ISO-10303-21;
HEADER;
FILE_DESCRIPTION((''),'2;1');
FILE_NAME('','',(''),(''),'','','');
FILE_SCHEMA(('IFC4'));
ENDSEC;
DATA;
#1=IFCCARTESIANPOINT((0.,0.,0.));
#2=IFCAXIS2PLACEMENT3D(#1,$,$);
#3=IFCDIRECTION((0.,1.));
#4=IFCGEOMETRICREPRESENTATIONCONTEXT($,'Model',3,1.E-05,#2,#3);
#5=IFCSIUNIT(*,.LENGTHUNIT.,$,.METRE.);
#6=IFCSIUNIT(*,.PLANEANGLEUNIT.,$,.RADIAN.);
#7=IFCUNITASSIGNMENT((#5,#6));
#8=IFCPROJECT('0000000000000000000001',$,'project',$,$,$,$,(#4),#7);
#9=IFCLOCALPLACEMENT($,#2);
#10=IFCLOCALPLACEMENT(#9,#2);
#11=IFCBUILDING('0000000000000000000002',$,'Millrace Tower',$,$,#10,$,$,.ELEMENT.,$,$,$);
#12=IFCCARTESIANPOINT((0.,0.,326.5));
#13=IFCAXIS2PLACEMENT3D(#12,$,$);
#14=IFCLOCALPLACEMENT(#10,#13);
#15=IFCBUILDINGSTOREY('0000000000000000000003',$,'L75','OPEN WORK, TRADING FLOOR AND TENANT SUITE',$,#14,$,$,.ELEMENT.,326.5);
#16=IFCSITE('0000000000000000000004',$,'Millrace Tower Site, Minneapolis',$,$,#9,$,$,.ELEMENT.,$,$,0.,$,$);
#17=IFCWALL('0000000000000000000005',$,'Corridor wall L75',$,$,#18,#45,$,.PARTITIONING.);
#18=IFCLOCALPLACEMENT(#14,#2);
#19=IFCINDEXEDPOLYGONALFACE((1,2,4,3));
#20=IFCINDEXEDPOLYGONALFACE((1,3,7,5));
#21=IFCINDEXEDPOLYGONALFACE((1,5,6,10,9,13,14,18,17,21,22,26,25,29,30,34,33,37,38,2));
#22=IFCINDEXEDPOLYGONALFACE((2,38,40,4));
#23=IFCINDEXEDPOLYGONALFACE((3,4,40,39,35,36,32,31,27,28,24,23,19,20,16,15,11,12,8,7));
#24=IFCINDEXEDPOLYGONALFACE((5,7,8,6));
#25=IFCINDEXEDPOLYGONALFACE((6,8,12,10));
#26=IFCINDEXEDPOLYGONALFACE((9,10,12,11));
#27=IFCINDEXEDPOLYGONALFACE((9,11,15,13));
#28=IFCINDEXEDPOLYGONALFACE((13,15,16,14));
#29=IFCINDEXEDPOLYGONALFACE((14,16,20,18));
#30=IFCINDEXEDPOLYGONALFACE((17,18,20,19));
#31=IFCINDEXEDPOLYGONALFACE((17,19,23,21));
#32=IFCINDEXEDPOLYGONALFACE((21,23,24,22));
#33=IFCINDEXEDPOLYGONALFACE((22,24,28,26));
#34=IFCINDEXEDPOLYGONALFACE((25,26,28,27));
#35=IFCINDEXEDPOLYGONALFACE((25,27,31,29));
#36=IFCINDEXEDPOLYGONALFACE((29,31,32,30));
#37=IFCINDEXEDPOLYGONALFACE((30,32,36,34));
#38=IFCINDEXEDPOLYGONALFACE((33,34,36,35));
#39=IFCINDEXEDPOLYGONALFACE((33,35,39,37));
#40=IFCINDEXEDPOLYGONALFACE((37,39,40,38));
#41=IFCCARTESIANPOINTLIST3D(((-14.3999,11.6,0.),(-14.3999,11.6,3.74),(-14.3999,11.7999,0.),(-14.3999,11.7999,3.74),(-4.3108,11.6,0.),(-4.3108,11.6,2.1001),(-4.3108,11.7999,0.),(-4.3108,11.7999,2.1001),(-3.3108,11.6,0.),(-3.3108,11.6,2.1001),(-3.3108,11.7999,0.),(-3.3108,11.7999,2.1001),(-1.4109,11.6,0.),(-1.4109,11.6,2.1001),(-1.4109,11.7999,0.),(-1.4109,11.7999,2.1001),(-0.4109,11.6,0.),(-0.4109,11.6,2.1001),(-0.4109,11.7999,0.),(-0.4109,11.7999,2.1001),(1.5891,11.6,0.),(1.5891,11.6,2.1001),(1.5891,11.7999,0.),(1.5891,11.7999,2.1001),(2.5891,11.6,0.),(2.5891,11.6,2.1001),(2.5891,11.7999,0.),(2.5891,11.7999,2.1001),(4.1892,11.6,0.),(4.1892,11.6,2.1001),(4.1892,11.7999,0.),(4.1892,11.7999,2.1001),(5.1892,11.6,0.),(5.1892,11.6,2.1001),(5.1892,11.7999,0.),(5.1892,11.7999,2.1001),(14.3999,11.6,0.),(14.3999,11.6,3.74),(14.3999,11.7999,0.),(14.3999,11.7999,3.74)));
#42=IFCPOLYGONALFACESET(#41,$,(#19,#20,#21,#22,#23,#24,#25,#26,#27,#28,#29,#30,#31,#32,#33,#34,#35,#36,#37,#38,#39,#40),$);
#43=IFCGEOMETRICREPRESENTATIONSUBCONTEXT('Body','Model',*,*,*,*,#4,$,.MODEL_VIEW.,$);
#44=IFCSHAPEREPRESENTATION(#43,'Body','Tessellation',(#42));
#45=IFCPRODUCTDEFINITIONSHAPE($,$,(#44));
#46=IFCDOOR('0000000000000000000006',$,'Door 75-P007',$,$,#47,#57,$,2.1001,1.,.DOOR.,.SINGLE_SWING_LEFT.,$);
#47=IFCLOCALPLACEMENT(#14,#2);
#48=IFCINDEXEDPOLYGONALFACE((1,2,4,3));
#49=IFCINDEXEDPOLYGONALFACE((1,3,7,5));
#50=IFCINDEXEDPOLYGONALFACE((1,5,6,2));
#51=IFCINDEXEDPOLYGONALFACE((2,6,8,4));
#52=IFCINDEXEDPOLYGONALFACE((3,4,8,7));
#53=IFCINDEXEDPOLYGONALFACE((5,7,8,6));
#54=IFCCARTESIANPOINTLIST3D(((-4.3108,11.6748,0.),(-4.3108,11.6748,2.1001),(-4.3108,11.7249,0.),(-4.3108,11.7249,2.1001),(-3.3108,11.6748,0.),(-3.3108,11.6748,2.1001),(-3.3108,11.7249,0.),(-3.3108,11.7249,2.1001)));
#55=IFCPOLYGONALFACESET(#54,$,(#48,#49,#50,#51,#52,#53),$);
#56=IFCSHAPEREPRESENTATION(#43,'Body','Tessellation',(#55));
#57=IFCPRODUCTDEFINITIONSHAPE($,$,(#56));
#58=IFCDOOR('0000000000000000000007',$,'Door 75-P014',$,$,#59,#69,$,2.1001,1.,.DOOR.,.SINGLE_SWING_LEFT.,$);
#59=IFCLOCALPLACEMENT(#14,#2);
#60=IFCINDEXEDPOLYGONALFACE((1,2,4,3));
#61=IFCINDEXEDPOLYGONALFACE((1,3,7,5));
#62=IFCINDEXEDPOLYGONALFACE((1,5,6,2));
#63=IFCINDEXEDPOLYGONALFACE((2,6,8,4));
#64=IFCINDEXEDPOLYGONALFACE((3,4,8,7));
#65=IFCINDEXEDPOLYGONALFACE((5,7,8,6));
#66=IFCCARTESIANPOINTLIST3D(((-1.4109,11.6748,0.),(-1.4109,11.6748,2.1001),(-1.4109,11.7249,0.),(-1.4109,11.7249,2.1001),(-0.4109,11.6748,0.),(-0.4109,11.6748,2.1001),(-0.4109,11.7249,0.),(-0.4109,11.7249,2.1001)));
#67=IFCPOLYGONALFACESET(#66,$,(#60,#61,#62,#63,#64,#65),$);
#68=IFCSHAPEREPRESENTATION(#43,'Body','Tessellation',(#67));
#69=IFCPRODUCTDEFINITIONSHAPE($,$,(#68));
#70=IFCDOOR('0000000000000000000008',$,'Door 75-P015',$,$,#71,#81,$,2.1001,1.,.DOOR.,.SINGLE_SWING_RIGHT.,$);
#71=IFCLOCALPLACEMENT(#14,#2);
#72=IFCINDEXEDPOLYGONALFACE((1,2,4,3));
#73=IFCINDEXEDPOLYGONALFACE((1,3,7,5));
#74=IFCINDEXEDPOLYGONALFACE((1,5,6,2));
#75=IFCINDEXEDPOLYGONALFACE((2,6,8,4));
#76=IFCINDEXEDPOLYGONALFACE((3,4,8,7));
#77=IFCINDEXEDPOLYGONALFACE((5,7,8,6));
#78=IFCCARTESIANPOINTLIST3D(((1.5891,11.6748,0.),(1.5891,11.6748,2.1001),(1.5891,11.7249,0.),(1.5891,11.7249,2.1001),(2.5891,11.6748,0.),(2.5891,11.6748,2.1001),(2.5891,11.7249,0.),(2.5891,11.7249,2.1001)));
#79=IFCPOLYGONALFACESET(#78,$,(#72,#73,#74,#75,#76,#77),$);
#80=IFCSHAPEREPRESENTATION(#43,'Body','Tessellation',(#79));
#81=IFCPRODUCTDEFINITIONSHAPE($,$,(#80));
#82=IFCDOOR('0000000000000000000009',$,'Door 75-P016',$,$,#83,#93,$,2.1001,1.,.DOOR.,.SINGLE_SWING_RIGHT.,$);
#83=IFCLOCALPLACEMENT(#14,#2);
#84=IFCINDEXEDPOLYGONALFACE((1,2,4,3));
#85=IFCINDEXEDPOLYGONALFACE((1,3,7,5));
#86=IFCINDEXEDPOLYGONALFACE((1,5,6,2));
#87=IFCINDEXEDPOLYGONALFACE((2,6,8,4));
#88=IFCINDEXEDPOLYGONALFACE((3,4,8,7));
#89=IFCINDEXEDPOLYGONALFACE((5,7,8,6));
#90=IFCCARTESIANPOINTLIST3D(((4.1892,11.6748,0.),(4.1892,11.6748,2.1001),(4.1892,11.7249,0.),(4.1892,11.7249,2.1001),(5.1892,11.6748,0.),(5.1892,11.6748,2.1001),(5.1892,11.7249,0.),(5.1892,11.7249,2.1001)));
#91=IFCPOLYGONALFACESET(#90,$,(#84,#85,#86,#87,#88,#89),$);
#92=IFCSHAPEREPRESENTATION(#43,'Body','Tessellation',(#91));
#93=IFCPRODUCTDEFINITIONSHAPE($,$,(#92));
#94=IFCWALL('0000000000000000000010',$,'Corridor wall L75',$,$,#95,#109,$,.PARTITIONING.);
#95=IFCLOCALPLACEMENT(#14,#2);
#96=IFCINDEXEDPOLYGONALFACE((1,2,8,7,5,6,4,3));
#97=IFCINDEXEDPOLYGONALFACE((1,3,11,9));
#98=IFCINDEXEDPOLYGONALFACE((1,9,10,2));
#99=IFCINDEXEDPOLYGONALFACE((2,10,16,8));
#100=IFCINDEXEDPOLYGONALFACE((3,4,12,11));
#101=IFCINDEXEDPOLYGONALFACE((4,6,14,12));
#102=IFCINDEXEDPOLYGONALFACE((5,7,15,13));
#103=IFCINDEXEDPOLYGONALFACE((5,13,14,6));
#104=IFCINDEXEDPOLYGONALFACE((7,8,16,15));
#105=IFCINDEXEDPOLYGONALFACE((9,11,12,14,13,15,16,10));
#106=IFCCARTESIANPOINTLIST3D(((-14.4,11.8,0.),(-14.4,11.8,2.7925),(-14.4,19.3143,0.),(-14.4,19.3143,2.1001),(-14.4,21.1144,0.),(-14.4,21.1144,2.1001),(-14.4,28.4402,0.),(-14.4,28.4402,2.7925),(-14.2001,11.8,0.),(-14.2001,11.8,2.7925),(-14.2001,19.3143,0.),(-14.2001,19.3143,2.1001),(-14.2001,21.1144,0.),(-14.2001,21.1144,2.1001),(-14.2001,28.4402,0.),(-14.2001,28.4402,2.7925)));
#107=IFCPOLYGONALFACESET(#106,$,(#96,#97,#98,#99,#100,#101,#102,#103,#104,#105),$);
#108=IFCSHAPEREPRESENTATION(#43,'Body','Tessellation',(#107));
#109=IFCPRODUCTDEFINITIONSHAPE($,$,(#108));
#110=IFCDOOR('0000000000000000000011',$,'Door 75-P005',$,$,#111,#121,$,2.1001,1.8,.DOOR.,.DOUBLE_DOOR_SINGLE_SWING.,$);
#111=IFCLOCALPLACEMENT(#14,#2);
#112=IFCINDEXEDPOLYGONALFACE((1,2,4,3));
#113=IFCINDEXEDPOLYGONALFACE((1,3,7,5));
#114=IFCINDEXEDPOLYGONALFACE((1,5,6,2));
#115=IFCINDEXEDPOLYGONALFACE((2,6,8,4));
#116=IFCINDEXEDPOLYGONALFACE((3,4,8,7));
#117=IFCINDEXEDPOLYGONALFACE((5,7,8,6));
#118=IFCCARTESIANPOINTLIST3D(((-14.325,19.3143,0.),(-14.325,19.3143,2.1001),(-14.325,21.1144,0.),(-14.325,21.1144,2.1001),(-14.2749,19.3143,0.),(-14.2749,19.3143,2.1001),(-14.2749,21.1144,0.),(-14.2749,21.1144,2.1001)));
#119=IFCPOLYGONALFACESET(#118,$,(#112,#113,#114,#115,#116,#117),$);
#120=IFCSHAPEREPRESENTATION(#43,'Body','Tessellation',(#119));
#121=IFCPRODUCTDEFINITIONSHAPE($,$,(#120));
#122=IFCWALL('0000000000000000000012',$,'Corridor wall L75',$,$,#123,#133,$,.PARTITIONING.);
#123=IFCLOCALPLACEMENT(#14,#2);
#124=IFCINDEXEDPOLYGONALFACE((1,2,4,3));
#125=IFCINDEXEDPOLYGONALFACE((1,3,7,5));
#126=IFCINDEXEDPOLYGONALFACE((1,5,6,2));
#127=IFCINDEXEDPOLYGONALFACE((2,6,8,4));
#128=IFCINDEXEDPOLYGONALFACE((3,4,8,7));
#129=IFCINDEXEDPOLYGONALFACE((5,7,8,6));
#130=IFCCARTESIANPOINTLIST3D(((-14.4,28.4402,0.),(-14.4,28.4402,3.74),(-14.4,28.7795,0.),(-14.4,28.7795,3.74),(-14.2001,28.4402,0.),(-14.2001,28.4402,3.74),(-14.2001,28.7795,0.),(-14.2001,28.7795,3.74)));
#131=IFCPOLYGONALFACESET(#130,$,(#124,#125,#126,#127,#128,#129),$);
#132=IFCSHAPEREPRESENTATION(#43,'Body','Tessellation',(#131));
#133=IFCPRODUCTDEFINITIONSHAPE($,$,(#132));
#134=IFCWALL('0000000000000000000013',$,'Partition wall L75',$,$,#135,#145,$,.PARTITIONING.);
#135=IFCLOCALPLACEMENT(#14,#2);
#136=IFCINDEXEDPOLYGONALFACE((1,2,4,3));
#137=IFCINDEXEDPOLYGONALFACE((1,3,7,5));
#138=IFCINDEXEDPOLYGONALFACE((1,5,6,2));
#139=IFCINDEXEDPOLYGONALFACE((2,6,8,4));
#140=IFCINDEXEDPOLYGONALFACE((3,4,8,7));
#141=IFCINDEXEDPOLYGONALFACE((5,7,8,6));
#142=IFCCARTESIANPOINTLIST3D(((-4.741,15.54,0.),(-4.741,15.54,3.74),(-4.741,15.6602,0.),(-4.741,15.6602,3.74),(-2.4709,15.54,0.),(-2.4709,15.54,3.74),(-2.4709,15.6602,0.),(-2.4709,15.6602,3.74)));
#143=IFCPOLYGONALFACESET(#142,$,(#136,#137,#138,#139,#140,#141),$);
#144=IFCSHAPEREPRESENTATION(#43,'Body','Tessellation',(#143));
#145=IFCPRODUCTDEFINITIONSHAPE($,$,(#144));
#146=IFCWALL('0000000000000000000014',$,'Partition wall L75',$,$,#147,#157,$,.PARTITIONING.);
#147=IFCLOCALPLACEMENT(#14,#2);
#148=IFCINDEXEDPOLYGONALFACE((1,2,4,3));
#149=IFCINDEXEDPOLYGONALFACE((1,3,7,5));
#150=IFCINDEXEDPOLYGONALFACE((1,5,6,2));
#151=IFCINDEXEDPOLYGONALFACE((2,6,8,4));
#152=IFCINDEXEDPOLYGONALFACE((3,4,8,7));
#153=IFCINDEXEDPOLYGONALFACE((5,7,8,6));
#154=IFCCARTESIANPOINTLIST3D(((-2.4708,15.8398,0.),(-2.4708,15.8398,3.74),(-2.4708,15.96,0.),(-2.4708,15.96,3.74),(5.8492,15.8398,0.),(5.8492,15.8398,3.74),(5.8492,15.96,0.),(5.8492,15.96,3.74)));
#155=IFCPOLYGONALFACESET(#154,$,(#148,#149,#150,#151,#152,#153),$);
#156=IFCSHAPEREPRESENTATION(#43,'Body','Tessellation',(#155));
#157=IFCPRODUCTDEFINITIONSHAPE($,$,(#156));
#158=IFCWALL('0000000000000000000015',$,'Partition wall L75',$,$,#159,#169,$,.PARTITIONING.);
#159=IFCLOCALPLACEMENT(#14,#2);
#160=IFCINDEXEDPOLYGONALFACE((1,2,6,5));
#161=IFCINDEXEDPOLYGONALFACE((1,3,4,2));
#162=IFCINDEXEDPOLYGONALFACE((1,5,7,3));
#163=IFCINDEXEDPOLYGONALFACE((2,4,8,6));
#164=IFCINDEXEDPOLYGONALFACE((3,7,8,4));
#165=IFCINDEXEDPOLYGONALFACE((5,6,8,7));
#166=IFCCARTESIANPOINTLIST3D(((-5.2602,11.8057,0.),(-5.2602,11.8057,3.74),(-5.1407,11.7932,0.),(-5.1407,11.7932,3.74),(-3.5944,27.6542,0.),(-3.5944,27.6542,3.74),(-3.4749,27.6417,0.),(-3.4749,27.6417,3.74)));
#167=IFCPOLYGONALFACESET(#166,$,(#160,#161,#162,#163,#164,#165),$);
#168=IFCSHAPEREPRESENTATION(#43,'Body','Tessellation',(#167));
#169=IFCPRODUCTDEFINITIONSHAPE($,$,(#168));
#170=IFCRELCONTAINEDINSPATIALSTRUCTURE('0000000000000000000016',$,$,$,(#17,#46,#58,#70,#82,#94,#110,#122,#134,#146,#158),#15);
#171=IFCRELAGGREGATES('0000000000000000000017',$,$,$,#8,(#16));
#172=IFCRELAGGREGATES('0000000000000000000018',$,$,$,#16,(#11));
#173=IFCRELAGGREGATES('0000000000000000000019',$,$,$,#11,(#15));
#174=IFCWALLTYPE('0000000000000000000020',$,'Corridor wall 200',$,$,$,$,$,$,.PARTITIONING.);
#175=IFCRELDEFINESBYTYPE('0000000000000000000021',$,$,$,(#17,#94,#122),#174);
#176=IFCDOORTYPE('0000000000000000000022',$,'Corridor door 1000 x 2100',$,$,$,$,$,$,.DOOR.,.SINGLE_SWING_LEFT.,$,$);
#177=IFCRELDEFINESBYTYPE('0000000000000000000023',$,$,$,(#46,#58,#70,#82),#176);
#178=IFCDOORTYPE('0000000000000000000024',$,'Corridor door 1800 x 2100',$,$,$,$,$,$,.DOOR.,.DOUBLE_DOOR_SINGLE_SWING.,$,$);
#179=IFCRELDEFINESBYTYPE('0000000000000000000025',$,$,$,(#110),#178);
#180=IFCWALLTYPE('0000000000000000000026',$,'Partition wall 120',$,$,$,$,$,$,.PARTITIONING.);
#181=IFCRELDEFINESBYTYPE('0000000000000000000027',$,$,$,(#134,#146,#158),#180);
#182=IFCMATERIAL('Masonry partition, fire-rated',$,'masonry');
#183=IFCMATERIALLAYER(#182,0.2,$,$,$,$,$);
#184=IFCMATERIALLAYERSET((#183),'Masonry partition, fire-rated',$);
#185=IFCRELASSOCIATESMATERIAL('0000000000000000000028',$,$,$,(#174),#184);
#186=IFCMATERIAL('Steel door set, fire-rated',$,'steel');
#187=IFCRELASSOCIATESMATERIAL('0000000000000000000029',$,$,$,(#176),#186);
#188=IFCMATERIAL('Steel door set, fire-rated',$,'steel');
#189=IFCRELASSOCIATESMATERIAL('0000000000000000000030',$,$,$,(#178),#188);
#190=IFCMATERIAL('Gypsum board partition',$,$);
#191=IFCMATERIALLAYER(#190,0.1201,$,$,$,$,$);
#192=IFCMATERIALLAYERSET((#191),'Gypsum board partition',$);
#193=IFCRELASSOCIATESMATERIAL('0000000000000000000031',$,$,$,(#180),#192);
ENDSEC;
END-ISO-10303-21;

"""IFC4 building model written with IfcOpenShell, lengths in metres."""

from ifc_helpers import new_model, si_unit, direction, frame, frame_2d, origin, place, context, subcontext, project, spatial, rectangle, extrude, material, layer, layer_set, type_object, element, fill, save


model = new_model("IFC4")

# Units and contexts
model_context = context("Model", 3, precision=1e-05, world=origin(), true_north=direction((0.0, 1.0)))
body_context = subcontext(model_context, "Body", "Model", "MODEL_VIEW")
ifc_project = project(units=[si_unit("LENGTHUNIT", "METRE"), si_unit("PLANEANGLEUNIT", "RADIAN")], contexts=[model_context])

# Site, building, storey
site_placement = place(None, origin())
site = spatial("IfcSite", under=ifc_project, at=site_placement, Name="Millrace Tower Site, Minneapolis", CompositionType="ELEMENT", RefElevation=0.0)
building_placement = place(site_placement, origin())
building = spatial("IfcBuilding", under=site, at=building_placement, Name="Millrace Tower", CompositionType="ELEMENT")
storey_placement = place(building_placement, frame((0.0, 0.0, 326.5)))
storey = spatial("IfcBuildingStorey", under=building, at=storey_placement, Name="L75", Description="OPEN WORK, TRADING FLOOR AND TENANT SUITE", CompositionType="ELEMENT", Elevation=326.5)

# Wall, openings, doors
ifc_material_1 = material(Name="Masonry partition, fire-rated", Category="masonry")
ifc_layer_1 = layer(ifc_material_1, 0.2)
ifc_layer_set_1 = layer_set([ifc_layer_1], Name="Masonry partition, fire-rated")
wall_type_1 = type_object("IfcWallType", Name="Corridor wall 200", PredefinedType="PARTITIONING", material=ifc_layer_set_1)
wall_1_placement = place(storey_placement, frame((-14.3999, 11.7, 0.0), z_axis=(0.0, 0.0, 1.0), x_axis=(1.0, 0.0, 0.0)))
wall_1 = element("IfcWall", 1, at=wall_1_placement, inside=storey, type_object=wall_type_1, Name="Corridor wall L75", PredefinedType="PARTITIONING", context=body_context, shape_type="SweptSolid", body=[
    extrude(rectangle(XDim=28.7998, YDim=0.2, at=frame_2d((14.3999, 0.0))), origin(), (0.0, 0.0, 1.0), 3.74),
])
opening_1_placement = place(wall_1_placement, frame((10.0891, 0.0, 0.0)))
opening_1 = element("IfcOpeningElement", 2, at=opening_1_placement, cuts=wall_1, PredefinedType="OPENING", context=body_context, shape_type="SweptSolid", body=[
    extrude(rectangle(XDim=1.0, YDim=2.1001, at=frame_2d((0.5, 1.05))), frame((0.0, 0.1099, 0.0), z_axis=(0.0, -1.0, 0.0), x_axis=(1.0, 0.0, 0.0)), (0.0, 0.0, 1.0), 0.22),
])
opening_2_placement = place(wall_1_placement, frame((12.989, 0.0, 0.0)))
opening_2 = element("IfcOpeningElement", 3, at=opening_2_placement, cuts=wall_1, PredefinedType="OPENING", context=body_context, shape_type="SweptSolid", body=[
    extrude(rectangle(XDim=1.0, YDim=2.1001, at=frame_2d((0.5, 1.05))), frame((0.0, 0.1099, 0.0), z_axis=(0.0, -1.0, 0.0), x_axis=(1.0, 0.0, 0.0)), (0.0, 0.0, 1.0), 0.22),
])
opening_3_placement = place(wall_1_placement, frame((15.989, 0.0, 0.0)))
opening_3 = element("IfcOpeningElement", 4, at=opening_3_placement, cuts=wall_1, PredefinedType="OPENING", context=body_context, shape_type="SweptSolid", body=[
    extrude(rectangle(XDim=1.0, YDim=2.1001, at=frame_2d((0.5, 1.05))), frame((0.0, 0.1099, 0.0), z_axis=(0.0, -1.0, 0.0), x_axis=(1.0, 0.0, 0.0)), (0.0, 0.0, 1.0), 0.22),
])
opening_4_placement = place(wall_1_placement, frame((18.5891, 0.0, 0.0)))
opening_4 = element("IfcOpeningElement", 5, at=opening_4_placement, cuts=wall_1, PredefinedType="OPENING", context=body_context, shape_type="SweptSolid", body=[
    extrude(rectangle(XDim=1.0, YDim=2.1001, at=frame_2d((0.5, 1.05))), frame((0.0, 0.1099, 0.0), z_axis=(0.0, -1.0, 0.0), x_axis=(1.0, 0.0, 0.0)), (0.0, 0.0, 1.0), 0.22),
])
ifc_material_2 = material(Name="Steel door set, fire-rated", Category="steel")
door_type_1 = type_object("IfcDoorType", Name="Corridor door 1000 x 2100", OperationType="SINGLE_SWING_LEFT", PredefinedType="DOOR", material=ifc_material_2)
door_1_placement = place(opening_1_placement, origin())
door_1 = element("IfcDoor", 6, at=door_1_placement, inside=storey, type_object=door_type_1, Name="Door 75-P007", OperationType="SINGLE_SWING_LEFT", OverallHeight=2.1001, OverallWidth=1.0, PredefinedType="DOOR", context=body_context, shape_type="SweptSolid", body=[
    extrude(rectangle(XDim=1.0, YDim=2.1001, at=frame_2d((0.5, 1.05))), frame((0.0, 0.0249, 0.0), z_axis=(0.0, -1.0, 0.0), x_axis=(1.0, 0.0, 0.0)), (0.0, 0.0, 1.0), 0.05),
])
fill(opening_1, door_1)
door_2_placement = place(opening_2_placement, origin())
door_2 = element("IfcDoor", 7, at=door_2_placement, inside=storey, type_object=door_type_1, Name="Door 75-P014", OperationType="SINGLE_SWING_LEFT", OverallHeight=2.1001, OverallWidth=1.0, PredefinedType="DOOR", context=body_context, shape_type="SweptSolid", body=[
    extrude(rectangle(XDim=1.0, YDim=2.1001, at=frame_2d((0.5, 1.05))), frame((0.0, 0.0249, 0.0), z_axis=(0.0, -1.0, 0.0), x_axis=(1.0, 0.0, 0.0)), (0.0, 0.0, 1.0), 0.05),
])
fill(opening_2, door_2)
door_3_placement = place(opening_3_placement, origin())
door_3 = element("IfcDoor", 8, at=door_3_placement, inside=storey, type_object=door_type_1, Name="Door 75-P015", OperationType="SINGLE_SWING_RIGHT", OverallHeight=2.1001, OverallWidth=1.0, PredefinedType="DOOR", context=body_context, shape_type="SweptSolid", body=[
    extrude(rectangle(XDim=1.0, YDim=2.1001, at=frame_2d((0.5, 1.05))), frame((0.0, 0.0249, 0.0), z_axis=(0.0, -1.0, 0.0), x_axis=(1.0, 0.0, 0.0)), (0.0, 0.0, 1.0), 0.05),
])
fill(opening_3, door_3)
door_4_placement = place(opening_4_placement, origin())
door_4 = element("IfcDoor", 9, at=door_4_placement, inside=storey, type_object=door_type_1, Name="Door 75-P016", OperationType="SINGLE_SWING_RIGHT", OverallHeight=2.1001, OverallWidth=1.0, PredefinedType="DOOR", context=body_context, shape_type="SweptSolid", body=[
    extrude(rectangle(XDim=1.0, YDim=2.1001, at=frame_2d((0.5, 1.05))), frame((0.0, 0.0249, 0.0), z_axis=(0.0, -1.0, 0.0), x_axis=(1.0, 0.0, 0.0)), (0.0, 0.0, 1.0), 0.05),
])
fill(opening_4, door_4)

# Wall, opening, door
wall_2_placement = place(storey_placement, frame((-14.3, 11.8, 0.0), z_axis=(0.0, 0.0, 1.0), x_axis=(0.0, 1.0, 0.0)))
wall_2 = element("IfcWall", 10, at=wall_2_placement, inside=storey, type_object=wall_type_1, Name="Corridor wall L75", PredefinedType="PARTITIONING", context=body_context, shape_type="SweptSolid", body=[
    extrude(rectangle(XDim=16.6401, YDim=0.2, at=frame_2d((8.3201, 0.0))), origin(), (0.0, 0.0, 1.0), 2.7925),
])
opening_5_placement = place(wall_2_placement, frame((7.5144, 0.0, 0.0)))
opening_5 = element("IfcOpeningElement", 11, at=opening_5_placement, cuts=wall_2, PredefinedType="OPENING", context=body_context, shape_type="SweptSolid", body=[
    extrude(rectangle(XDim=1.8, YDim=2.1001, at=frame_2d((0.8999, 1.05))), frame((0.0, 0.1099, 0.0), z_axis=(0.0, -1.0, 0.0), x_axis=(1.0, 0.0, 0.0)), (0.0, 0.0, 1.0), 0.22),
])
ifc_material_3 = material(Name="Steel door set, fire-rated", Category="steel")
door_type_2 = type_object("IfcDoorType", Name="Corridor door 1800 x 2100", OperationType="DOUBLE_DOOR_SINGLE_SWING", PredefinedType="DOOR", material=ifc_material_3)
door_5_placement = place(opening_5_placement, origin())
door_5 = element("IfcDoor", 12, at=door_5_placement, inside=storey, type_object=door_type_2, Name="Door 75-P005", OperationType="DOUBLE_DOOR_SINGLE_SWING", OverallHeight=2.1001, OverallWidth=1.8, PredefinedType="DOOR", context=body_context, shape_type="SweptSolid", body=[
    extrude(rectangle(XDim=1.8, YDim=2.1001, at=frame_2d((0.8999, 1.05))), frame((0.0, 0.0249, 0.0), z_axis=(0.0, -1.0, 0.0), x_axis=(1.0, 0.0, 0.0)), (0.0, 0.0, 1.0), 0.05),
])
fill(opening_5, door_5)

# Walls
wall_3_placement = place(storey_placement, frame((-14.3, 28.4402, 0.0), z_axis=(0.0, 0.0, 1.0), x_axis=(0.0, 1.0, 0.0)))
element("IfcWall", 13, at=wall_3_placement, inside=storey, type_object=wall_type_1, Name="Corridor wall L75", PredefinedType="PARTITIONING", context=body_context, shape_type="SweptSolid", body=[
    extrude(rectangle(XDim=0.3394, YDim=0.2, at=frame_2d((0.1697, 0.0))), origin(), (0.0, 0.0, 1.0), 3.74),
])
ifc_material_4 = material(Name="Gypsum board partition")
ifc_layer_2 = layer(ifc_material_4, 0.1201)
ifc_layer_set_2 = layer_set([ifc_layer_2], Name="Gypsum board partition")
wall_type_2 = type_object("IfcWallType", Name="Partition wall 120", PredefinedType="PARTITIONING", material=ifc_layer_set_2)
wall_4_placement = place(storey_placement, frame((-4.741, 15.6001, 0.0), z_axis=(0.0, 0.0, 1.0), x_axis=(1.0, 0.0, 0.0)))
element("IfcWall", 14, at=wall_4_placement, inside=storey, type_object=wall_type_2, Name="Partition wall L75", PredefinedType="PARTITIONING", context=body_context, shape_type="SweptSolid", body=[
    extrude(rectangle(XDim=2.27, YDim=0.1201, at=frame_2d((1.135, 0.0))), origin(), (0.0, 0.0, 1.0), 3.74),
])
wall_5_placement = place(storey_placement, frame((-2.4709, 15.8999, 0.0), z_axis=(0.0, 0.0, 1.0), x_axis=(1.0, 0.0, 0.0)))
element("IfcWall", 15, at=wall_5_placement, inside=storey, type_object=wall_type_2, Name="Partition wall L75", PredefinedType="PARTITIONING", context=body_context, shape_type="SweptSolid", body=[
    extrude(rectangle(XDim=8.3201, YDim=0.1201, at=frame_2d((4.1602, 0.0))), origin(), (0.0, 0.0, 1.0), 3.74),
])
wall_6_placement = place(storey_placement, frame((-5.2004, 11.7996, 0.0), z_axis=(0.0, 0.0, 1.0), x_axis=(0.104531, 0.994522, 0.0)))
element("IfcWall", 16, at=wall_6_placement, inside=storey, type_object=wall_type_2, Name="Partition wall L75", PredefinedType="PARTITIONING", context=body_context, shape_type="SweptSolid", body=[
    extrude(rectangle(XDim=15.9358, YDim=0.1201, at=frame_2d((7.9678, 0.0))), origin(), (0.0, 0.0, 1.0), 3.74),
])

save(model, "model.ifc")
